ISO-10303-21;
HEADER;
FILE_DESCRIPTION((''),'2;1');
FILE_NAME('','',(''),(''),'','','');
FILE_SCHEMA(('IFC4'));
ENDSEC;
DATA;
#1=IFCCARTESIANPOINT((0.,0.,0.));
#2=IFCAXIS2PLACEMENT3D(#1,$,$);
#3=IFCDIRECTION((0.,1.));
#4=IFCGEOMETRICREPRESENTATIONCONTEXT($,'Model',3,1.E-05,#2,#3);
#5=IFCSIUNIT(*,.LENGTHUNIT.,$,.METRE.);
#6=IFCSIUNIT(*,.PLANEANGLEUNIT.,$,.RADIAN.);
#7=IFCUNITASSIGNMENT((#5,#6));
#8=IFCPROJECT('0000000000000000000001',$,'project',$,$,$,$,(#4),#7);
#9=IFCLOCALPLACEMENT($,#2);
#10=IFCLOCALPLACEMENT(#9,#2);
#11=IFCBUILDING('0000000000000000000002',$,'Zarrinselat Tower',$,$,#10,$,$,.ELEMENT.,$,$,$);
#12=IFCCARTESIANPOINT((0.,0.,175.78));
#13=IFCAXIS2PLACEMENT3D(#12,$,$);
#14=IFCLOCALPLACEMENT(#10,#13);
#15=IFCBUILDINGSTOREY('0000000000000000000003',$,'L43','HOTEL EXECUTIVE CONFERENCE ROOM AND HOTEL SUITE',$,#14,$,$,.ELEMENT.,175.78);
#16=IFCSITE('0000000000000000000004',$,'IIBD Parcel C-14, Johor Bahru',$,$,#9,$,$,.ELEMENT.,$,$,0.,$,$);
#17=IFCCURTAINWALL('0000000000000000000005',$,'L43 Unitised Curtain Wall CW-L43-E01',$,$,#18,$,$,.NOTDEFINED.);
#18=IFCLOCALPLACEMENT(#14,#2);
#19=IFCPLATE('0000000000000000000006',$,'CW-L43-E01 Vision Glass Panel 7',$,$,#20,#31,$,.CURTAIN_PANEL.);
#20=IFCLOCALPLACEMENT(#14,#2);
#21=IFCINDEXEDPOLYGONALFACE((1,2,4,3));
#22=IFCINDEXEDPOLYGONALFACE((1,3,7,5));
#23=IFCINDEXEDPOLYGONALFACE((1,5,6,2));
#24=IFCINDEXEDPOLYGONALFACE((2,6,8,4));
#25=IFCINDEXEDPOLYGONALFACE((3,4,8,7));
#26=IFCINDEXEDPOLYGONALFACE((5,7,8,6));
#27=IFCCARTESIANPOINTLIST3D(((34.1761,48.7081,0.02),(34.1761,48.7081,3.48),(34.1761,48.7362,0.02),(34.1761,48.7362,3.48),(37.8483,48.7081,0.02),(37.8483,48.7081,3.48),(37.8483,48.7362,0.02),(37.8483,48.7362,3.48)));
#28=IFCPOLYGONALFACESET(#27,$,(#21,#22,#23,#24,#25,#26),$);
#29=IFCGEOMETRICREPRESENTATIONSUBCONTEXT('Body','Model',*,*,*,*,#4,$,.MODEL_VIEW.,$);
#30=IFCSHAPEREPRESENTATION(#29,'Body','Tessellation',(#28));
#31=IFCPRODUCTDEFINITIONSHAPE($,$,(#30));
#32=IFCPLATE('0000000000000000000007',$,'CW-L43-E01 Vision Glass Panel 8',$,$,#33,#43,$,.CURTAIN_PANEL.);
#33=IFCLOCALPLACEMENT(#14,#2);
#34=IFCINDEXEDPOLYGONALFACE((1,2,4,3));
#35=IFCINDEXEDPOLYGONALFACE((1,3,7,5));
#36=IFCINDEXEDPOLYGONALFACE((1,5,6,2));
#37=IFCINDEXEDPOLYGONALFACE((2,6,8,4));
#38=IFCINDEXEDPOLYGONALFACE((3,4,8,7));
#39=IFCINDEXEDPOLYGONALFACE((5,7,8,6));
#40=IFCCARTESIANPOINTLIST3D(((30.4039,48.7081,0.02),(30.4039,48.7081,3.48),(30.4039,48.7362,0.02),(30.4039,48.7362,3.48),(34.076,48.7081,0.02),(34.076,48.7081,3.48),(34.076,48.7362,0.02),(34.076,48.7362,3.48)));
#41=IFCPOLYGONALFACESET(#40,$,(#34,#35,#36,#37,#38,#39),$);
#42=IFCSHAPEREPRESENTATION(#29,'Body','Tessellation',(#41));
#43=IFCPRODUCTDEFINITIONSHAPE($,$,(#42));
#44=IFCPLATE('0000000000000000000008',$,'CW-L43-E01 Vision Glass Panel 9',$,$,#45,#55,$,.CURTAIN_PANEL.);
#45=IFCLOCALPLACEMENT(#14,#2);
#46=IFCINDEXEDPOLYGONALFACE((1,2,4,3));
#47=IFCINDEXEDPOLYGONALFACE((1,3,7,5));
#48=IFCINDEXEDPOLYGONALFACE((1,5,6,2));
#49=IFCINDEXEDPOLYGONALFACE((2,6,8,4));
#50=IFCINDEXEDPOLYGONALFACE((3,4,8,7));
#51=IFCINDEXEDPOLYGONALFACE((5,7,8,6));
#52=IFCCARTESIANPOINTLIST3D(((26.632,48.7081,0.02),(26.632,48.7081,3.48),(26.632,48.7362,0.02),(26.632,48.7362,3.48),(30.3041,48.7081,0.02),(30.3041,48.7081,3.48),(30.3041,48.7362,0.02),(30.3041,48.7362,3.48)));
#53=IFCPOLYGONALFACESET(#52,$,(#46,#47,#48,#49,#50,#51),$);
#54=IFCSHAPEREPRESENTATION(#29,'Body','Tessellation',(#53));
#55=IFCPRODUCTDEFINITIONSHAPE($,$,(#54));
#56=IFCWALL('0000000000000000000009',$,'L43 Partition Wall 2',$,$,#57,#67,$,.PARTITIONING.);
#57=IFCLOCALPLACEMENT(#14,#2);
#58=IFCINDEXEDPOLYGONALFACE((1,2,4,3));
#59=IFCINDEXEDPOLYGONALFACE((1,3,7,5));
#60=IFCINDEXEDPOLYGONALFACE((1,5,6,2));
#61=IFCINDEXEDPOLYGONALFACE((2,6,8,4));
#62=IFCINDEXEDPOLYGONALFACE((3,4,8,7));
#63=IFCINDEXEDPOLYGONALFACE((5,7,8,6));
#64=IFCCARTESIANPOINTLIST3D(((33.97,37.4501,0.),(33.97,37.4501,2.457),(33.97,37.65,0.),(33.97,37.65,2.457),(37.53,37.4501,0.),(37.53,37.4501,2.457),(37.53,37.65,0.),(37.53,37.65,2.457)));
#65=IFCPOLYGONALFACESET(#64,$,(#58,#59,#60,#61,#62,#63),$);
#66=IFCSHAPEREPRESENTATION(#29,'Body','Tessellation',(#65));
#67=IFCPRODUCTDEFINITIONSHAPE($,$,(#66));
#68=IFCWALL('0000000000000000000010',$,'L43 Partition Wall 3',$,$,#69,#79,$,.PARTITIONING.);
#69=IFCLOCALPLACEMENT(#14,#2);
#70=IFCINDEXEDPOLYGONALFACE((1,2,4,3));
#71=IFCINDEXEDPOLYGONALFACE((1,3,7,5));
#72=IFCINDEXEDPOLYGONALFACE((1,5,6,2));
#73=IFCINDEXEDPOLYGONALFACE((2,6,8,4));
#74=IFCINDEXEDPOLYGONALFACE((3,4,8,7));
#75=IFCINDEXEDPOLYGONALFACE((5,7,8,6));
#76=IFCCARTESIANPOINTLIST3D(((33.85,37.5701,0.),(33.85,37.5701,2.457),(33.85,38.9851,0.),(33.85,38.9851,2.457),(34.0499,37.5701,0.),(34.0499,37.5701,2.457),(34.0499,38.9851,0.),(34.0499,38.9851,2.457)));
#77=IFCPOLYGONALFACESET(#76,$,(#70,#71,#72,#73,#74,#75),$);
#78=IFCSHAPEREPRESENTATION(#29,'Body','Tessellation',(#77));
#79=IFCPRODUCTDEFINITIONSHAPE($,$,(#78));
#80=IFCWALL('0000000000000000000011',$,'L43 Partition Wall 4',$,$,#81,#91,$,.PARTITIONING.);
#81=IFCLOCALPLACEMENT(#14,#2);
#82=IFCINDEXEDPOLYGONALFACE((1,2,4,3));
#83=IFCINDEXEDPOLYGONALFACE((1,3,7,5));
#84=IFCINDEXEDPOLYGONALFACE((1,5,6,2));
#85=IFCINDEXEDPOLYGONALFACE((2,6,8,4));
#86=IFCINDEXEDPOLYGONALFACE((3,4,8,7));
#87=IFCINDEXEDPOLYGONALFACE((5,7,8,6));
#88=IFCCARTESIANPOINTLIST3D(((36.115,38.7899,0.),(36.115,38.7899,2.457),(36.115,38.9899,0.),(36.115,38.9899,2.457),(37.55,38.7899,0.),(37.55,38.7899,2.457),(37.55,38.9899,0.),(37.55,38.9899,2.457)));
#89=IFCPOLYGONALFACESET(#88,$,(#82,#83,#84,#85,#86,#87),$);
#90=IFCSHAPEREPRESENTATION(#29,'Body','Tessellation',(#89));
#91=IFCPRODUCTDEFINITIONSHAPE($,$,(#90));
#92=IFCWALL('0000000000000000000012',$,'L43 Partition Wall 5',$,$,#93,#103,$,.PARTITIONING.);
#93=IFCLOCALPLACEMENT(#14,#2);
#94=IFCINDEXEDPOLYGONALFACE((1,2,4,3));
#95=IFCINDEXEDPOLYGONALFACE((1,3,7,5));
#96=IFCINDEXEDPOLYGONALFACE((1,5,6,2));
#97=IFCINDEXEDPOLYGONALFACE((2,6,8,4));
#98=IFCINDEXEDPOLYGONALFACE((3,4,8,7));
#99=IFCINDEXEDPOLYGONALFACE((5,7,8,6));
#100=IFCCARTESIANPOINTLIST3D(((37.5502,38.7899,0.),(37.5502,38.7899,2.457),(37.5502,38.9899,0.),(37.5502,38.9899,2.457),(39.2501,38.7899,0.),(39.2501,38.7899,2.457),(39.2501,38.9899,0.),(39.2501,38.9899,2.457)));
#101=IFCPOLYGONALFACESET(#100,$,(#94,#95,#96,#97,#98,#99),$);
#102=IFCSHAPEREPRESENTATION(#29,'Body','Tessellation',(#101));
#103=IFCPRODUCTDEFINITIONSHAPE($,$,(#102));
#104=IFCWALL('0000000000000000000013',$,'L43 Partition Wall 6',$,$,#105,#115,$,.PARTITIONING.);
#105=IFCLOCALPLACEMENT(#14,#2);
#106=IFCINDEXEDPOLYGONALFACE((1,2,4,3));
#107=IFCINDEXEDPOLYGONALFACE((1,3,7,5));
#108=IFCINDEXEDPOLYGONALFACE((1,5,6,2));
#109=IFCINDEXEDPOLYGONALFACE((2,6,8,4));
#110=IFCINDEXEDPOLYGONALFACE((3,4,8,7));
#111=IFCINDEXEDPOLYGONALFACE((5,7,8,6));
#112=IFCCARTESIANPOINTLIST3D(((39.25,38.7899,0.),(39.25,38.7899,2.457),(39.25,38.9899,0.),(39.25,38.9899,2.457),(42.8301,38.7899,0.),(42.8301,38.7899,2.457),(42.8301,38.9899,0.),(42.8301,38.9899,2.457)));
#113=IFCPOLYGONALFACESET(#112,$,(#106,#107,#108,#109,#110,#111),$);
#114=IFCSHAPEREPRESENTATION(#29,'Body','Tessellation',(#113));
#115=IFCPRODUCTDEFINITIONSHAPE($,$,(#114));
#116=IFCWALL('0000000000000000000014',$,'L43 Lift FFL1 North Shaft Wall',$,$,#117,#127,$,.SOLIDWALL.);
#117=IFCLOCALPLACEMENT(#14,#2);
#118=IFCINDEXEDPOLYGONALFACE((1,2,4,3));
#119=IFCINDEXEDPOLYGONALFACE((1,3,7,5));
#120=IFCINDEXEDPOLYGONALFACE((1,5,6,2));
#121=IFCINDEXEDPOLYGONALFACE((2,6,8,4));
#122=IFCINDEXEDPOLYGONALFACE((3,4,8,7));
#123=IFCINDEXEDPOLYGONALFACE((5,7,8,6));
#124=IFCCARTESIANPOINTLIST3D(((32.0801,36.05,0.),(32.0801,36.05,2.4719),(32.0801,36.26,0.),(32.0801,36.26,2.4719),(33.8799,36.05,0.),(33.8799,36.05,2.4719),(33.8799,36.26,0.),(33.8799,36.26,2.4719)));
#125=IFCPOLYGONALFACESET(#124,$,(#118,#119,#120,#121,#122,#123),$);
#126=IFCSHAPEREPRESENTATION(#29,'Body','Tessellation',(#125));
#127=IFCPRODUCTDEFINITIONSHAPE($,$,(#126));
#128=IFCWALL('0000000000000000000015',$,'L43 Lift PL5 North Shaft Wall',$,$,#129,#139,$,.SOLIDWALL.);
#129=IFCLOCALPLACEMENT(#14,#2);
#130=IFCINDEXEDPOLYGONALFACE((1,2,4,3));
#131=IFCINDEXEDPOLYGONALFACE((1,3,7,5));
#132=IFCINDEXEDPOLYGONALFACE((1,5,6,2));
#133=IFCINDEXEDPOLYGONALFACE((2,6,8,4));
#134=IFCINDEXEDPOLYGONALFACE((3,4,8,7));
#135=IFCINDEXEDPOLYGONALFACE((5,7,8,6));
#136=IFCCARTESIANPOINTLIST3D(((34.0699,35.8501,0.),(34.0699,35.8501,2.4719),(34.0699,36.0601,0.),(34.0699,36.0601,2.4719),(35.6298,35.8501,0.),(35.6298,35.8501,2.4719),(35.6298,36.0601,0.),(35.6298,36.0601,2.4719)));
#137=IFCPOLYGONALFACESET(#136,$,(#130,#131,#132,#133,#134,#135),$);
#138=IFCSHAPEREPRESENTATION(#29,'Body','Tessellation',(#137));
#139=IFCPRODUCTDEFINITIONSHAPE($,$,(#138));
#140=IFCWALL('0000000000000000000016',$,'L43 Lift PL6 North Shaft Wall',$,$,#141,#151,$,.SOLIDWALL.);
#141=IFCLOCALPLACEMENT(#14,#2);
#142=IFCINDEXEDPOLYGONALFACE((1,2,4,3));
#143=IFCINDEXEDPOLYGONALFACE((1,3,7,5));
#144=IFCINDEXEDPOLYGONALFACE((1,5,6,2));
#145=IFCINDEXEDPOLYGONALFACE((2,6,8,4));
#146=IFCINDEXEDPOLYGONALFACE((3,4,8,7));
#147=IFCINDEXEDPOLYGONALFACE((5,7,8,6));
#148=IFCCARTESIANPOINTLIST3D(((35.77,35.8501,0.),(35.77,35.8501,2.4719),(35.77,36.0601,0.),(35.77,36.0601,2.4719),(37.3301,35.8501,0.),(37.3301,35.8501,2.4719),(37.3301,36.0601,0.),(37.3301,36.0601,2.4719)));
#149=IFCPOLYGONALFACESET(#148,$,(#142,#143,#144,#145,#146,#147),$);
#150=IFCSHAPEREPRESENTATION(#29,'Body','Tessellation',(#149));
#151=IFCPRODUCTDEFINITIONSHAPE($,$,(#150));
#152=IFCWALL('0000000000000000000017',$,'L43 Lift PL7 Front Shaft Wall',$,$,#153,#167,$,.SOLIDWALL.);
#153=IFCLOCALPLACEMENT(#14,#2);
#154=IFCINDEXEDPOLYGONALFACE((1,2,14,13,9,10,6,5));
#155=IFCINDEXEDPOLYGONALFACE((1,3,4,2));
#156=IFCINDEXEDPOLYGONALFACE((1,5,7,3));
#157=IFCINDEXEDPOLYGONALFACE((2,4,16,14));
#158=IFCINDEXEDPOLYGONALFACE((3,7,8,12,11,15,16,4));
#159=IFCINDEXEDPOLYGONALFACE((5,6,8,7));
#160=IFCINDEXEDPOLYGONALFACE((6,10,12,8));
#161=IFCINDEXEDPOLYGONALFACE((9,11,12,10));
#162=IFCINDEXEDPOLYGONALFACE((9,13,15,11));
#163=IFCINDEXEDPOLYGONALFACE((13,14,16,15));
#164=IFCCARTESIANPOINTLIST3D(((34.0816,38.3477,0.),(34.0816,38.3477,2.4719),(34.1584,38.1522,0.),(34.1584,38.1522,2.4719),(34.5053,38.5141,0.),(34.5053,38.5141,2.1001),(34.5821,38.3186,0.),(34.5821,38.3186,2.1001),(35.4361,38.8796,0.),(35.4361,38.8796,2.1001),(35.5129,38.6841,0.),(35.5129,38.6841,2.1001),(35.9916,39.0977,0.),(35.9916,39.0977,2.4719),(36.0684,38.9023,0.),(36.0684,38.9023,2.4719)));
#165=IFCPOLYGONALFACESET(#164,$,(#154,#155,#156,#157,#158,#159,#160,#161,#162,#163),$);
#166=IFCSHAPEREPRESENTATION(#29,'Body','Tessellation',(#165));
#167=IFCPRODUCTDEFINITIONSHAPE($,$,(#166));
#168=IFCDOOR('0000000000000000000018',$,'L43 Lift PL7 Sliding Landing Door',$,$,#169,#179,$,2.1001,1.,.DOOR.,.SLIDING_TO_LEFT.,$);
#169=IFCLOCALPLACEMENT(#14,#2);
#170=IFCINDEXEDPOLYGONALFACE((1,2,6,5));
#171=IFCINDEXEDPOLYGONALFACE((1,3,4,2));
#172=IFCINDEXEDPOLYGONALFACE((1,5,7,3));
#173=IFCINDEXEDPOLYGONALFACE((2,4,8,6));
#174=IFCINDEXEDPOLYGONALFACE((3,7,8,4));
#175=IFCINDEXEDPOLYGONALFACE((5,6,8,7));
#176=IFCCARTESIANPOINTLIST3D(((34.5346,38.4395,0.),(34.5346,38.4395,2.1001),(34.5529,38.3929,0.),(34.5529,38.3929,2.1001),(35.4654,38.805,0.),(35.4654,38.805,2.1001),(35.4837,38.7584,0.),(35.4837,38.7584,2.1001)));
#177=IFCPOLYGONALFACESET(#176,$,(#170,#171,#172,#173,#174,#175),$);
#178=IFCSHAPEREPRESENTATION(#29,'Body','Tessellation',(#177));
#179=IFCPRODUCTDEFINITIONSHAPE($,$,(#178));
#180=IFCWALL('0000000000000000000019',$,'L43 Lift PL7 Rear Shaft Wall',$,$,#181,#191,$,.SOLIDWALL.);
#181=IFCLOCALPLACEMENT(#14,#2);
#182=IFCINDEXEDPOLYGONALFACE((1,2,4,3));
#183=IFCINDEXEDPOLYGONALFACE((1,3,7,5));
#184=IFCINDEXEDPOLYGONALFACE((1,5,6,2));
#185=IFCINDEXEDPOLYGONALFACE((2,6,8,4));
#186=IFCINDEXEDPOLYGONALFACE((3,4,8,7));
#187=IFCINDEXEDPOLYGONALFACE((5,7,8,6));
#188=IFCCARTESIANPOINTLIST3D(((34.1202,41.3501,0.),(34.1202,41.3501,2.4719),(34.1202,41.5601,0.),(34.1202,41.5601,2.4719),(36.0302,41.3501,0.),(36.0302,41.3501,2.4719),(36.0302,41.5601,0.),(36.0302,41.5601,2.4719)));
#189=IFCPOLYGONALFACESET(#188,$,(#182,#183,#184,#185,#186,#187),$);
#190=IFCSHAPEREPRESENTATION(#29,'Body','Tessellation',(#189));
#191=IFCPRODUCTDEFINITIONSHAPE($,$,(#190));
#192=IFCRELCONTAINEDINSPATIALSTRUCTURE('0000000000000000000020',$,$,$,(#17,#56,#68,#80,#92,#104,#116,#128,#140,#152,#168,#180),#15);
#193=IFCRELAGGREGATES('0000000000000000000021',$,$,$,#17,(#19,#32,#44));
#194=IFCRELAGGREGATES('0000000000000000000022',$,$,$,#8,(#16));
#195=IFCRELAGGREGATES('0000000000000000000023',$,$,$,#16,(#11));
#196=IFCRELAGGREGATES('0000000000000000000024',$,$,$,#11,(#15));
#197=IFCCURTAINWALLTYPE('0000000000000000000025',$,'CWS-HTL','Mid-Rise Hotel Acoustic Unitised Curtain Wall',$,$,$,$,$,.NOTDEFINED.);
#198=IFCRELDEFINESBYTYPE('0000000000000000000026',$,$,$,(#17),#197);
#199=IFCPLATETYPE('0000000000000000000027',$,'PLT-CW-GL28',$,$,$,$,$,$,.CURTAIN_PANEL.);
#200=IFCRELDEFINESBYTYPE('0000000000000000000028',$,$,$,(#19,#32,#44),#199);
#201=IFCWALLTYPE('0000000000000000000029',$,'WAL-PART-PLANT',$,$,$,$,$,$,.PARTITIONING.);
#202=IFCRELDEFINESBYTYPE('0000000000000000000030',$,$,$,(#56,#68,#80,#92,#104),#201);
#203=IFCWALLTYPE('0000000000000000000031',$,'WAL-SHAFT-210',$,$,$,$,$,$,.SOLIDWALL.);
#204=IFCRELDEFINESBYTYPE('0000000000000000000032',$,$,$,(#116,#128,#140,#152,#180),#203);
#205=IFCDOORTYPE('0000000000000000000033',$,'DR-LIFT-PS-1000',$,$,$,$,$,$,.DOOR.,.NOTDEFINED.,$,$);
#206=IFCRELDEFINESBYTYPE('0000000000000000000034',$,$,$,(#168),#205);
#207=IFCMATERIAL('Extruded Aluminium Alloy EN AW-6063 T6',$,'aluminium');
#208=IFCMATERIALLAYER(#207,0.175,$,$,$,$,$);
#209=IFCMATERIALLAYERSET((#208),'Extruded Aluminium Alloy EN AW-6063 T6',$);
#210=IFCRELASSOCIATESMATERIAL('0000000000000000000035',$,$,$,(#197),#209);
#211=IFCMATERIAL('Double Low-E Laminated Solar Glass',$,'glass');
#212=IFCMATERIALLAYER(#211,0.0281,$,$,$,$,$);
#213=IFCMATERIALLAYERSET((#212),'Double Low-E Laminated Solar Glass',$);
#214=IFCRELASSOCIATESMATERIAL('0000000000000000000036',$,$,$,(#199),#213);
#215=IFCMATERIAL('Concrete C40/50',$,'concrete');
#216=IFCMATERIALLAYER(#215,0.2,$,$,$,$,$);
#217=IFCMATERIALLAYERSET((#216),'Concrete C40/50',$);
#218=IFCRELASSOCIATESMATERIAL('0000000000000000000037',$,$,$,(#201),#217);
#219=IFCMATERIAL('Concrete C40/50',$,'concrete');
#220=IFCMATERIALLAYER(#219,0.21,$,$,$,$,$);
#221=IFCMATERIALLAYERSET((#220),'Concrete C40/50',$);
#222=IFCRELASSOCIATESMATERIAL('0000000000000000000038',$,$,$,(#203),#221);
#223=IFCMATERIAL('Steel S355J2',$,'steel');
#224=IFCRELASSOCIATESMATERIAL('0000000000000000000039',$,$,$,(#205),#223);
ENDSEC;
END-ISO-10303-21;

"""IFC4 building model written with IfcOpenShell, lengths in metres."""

from ifc_helpers import new_model, si_unit, direction, frame, frame_2d, origin, origin_2d, place, context, subcontext, project, spatial, rectangle, extrude, material, layer, layer_set, type_object, element, fill, aggregate, save


model = new_model("IFC4")

# Units and contexts
model_context = context("Model", 3, precision=1e-05, world=origin(), true_north=direction((0.0, 1.0)))
body_context = subcontext(model_context, "Body", "Model", "MODEL_VIEW")
ifc_project = project(units=[si_unit("LENGTHUNIT", "METRE"), si_unit("PLANEANGLEUNIT", "RADIAN")], contexts=[model_context])

# Site, building, storey
site_placement = place(None, origin())
site = spatial("IfcSite", under=ifc_project, at=site_placement, Name="IIBD Parcel C-14, Johor Bahru", CompositionType="ELEMENT", RefElevation=0.0)
building_placement = place(site_placement, origin())
building = spatial("IfcBuilding", under=site, at=building_placement, Name="Zarrinselat Tower", CompositionType="ELEMENT")
storey_placement = place(building_placement, frame((0.0, 0.0, 175.78)))
storey = spatial("IfcBuildingStorey", under=building, at=storey_placement, Name="L43", Description="HOTEL EXECUTIVE CONFERENCE ROOM AND HOTEL SUITE", CompositionType="ELEMENT", Elevation=175.78)

# Curtain wall, plates
ifc_material_1 = material(Name="Extruded Aluminium Alloy EN AW-6063 T6", Category="aluminium")
ifc_layer_1 = layer(ifc_material_1, 0.175)
ifc_layer_set_1 = layer_set([ifc_layer_1], Name="Extruded Aluminium Alloy EN AW-6063 T6")
curtain_wall_type = type_object("IfcCurtainWallType", Name="CWS-HTL", Description="Mid-Rise Hotel Acoustic Unitised Curtain Wall", PredefinedType="NOTDEFINED", material=ifc_layer_set_1)
curtain_wall_placement = place(storey_placement, origin())
curtain_wall = element("IfcCurtainWall", 1, at=curtain_wall_placement, inside=storey, type_object=curtain_wall_type, Name="L43 Unitised Curtain Wall CW-L43-E01", PredefinedType="NOTDEFINED")
ifc_material_2 = material(Name="Double Low-E Laminated Solar Glass", Category="glass")
ifc_layer_2 = layer(ifc_material_2, 0.0281)
ifc_layer_set_2 = layer_set([ifc_layer_2], Name="Double Low-E Laminated Solar Glass")
plate_type = type_object("IfcPlateType", Name="PLT-CW-GL28", PredefinedType="CURTAIN_PANEL", material=ifc_layer_set_2)
plate_1_placement = place(storey_placement, frame((36.0122, 48.7222, 0.02), z_axis=(0.0, 0.0, 1.0), x_axis=(-1.0, 0.0, 0.0)))
plate_1 = element("IfcPlate", 2, at=plate_1_placement, type_object=plate_type, Name="CW-L43-E01 Vision Glass Panel 7", PredefinedType="CURTAIN_PANEL", context=body_context, shape_type="SweptSolid", body=[
    extrude(rectangle(XDim=3.6721, YDim=0.0281, at=origin_2d()), origin(), (0.0, 0.0, 1.0), 3.46),
])
plate_2_placement = place(storey_placement, frame((32.24, 48.7222, 0.02), z_axis=(0.0, 0.0, 1.0), x_axis=(-1.0, 0.0, 0.0)))
plate_2 = element("IfcPlate", 3, at=plate_2_placement, type_object=plate_type, Name="CW-L43-E01 Vision Glass Panel 8", PredefinedType="CURTAIN_PANEL", context=body_context, shape_type="SweptSolid", body=[
    extrude(rectangle(XDim=3.6721, YDim=0.0281, at=origin_2d()), origin(), (0.0, 0.0, 1.0), 3.46),
])
plate_3_placement = place(storey_placement, frame((28.468, 48.7222, 0.02), z_axis=(0.0, 0.0, 1.0), x_axis=(-1.0, 0.0, 0.0)))
plate_3 = element("IfcPlate", 4, at=plate_3_placement, type_object=plate_type, Name="CW-L43-E01 Vision Glass Panel 9", PredefinedType="CURTAIN_PANEL", context=body_context, shape_type="SweptSolid", body=[
    extrude(rectangle(XDim=3.6721, YDim=0.0281, at=origin_2d()), origin(), (0.0, 0.0, 1.0), 3.46),
])
aggregate(curtain_wall, [plate_1, plate_2, plate_3])

# Walls
ifc_material_3 = material(Name="Concrete C40/50", Category="concrete")
ifc_layer_3 = layer(ifc_material_3, 0.2)
ifc_layer_set_3 = layer_set([ifc_layer_3], Name="Concrete C40/50")
wall_type_1 = type_object("IfcWallType", Name="WAL-PART-PLANT", PredefinedType="PARTITIONING", material=ifc_layer_set_3)
wall_1_placement = place(storey_placement, frame((33.97, 37.55, 0.0), z_axis=(0.0, 0.0, 1.0), x_axis=(1.0, 0.0, 0.0)))
element("IfcWall", 5, at=wall_1_placement, inside=storey, type_object=wall_type_1, Name="L43 Partition Wall 2", PredefinedType="PARTITIONING", context=body_context, shape_type="SweptSolid", body=[
    extrude(rectangle(XDim=3.5601, YDim=0.2, at=frame_2d((1.78, 0.0))), origin(), (0.0, 0.0, 1.0), 2.457),
])
wall_2_placement = place(storey_placement, frame((33.95, 37.5701, 0.0), z_axis=(0.0, 0.0, 1.0), x_axis=(0.0, 1.0, 0.0)))
element("IfcWall", 6, at=wall_2_placement, inside=storey, type_object=wall_type_1, Name="L43 Partition Wall 3", PredefinedType="PARTITIONING", context=body_context, shape_type="SweptSolid", body=[
    extrude(rectangle(XDim=1.415, YDim=0.2, at=frame_2d((0.7075, 0.0))), origin(), (0.0, 0.0, 1.0), 2.457),
])
wall_3_placement = place(storey_placement, frame((36.115, 38.8899, 0.0), z_axis=(0.0, 0.0, 1.0), x_axis=(1.0, 0.0, 0.0)))
element("IfcWall", 7, at=wall_3_placement, inside=storey, type_object=wall_type_1, Name="L43 Partition Wall 4", PredefinedType="PARTITIONING", context=body_context, shape_type="SweptSolid", body=[
    extrude(rectangle(XDim=1.4351, YDim=0.2, at=frame_2d((0.7175, 0.0))), origin(), (0.0, 0.0, 1.0), 2.457),
])
wall_4_placement = place(storey_placement, frame((37.55, 38.8899, 0.0), z_axis=(0.0, 0.0, 1.0), x_axis=(1.0, 0.0, 0.0)))
element("IfcWall", 8, at=wall_4_placement, inside=storey, type_object=wall_type_1, Name="L43 Partition Wall 5", PredefinedType="PARTITIONING", context=body_context, shape_type="SweptSolid", body=[
    extrude(rectangle(XDim=1.7, YDim=0.2, at=frame_2d((0.8501, 0.0))), origin(), (0.0, 0.0, 1.0), 2.457),
])
wall_5_placement = place(storey_placement, frame((39.25, 38.8899, 0.0), z_axis=(0.0, 0.0, 1.0), x_axis=(1.0, 0.0, 0.0)))
element("IfcWall", 9, at=wall_5_placement, inside=storey, type_object=wall_type_1, Name="L43 Partition Wall 6", PredefinedType="PARTITIONING", context=body_context, shape_type="SweptSolid", body=[
    extrude(rectangle(XDim=3.5801, YDim=0.2, at=frame_2d((1.79, 0.0))), origin(), (0.0, 0.0, 1.0), 2.457),
])
ifc_material_4 = material(Name="Concrete C40/50", Category="concrete")
ifc_layer_4 = layer(ifc_material_4, 0.21)
ifc_layer_set_4 = layer_set([ifc_layer_4], Name="Concrete C40/50")
wall_type_2 = type_object("IfcWallType", Name="WAL-SHAFT-210", PredefinedType="SOLIDWALL", material=ifc_layer_set_4)
wall_6_placement = place(storey_placement, frame((32.0801, 36.155, 0.0), z_axis=(0.0, 0.0, 1.0), x_axis=(1.0, 0.0, 0.0)))
element("IfcWall", 10, at=wall_6_placement, inside=storey, type_object=wall_type_2, Name="L43 Lift FFL1 North Shaft Wall", PredefinedType="SOLIDWALL", context=body_context, shape_type="SweptSolid", body=[
    extrude(rectangle(XDim=1.7998, YDim=0.21, at=frame_2d((0.8999, 0.0))), origin(), (0.0, 0.0, 1.0), 2.4719),
])
wall_7_placement = place(storey_placement, frame((34.0701, 35.9551, 0.0), z_axis=(0.0, 0.0, 1.0), x_axis=(1.0, 0.0, 0.0)))
element("IfcWall", 11, at=wall_7_placement, inside=storey, type_object=wall_type_2, Name="L43 Lift PL5 North Shaft Wall", PredefinedType="SOLIDWALL", context=body_context, shape_type="SweptSolid", body=[
    extrude(rectangle(XDim=1.5598, YDim=0.21, at=frame_2d((0.7798, 0.0))), origin(), (0.0, 0.0, 1.0), 2.4719),
])
wall_8_placement = place(storey_placement, frame((35.77, 35.9551, 0.0), z_axis=(0.0, 0.0, 1.0), x_axis=(1.0, 0.0, 0.0)))
element("IfcWall", 12, at=wall_8_placement, inside=storey, type_object=wall_type_2, Name="L43 Lift PL6 North Shaft Wall", PredefinedType="SOLIDWALL", context=body_context, shape_type="SweptSolid", body=[
    extrude(rectangle(XDim=1.5601, YDim=0.21, at=frame_2d((0.78, 0.0))), origin(), (0.0, 0.0, 1.0), 2.4719),
])

# Wall, opening, door
wall_9_placement = place(storey_placement, frame((34.1201, 38.25, 0.0), z_axis=(0.0, 0.0, 1.0), x_axis=(0.930805, 0.365516, 0.0)))
wall_9 = element("IfcWall", 13, at=wall_9_placement, inside=storey, type_object=wall_type_2, Name="L43 Lift PL7 Front Shaft Wall", PredefinedType="SOLIDWALL", context=body_context, shape_type="SweptSolid", body=[
    extrude(rectangle(XDim=2.052, YDim=0.21, at=frame_2d((1.0259, 0.0))), origin(), (0.0, 0.0, 1.0), 2.4719),
])
opening_placement = place(wall_9_placement, frame((0.4551, 0.0, 0.0)))
opening = element("IfcOpeningElement", 14, at=opening_placement, cuts=wall_9, PredefinedType="OPENING", context=body_context, shape_type="SweptSolid", body=[
    extrude(rectangle(XDim=1.0, YDim=2.1001, at=frame_2d((0.5, 1.05))), frame((0.0, 0.115, 0.0), z_axis=(0.0, -1.0, 0.0), x_axis=(1.0, 0.0, 0.0)), (0.0, 0.0, 1.0), 0.23),
])
ifc_material_5 = material(Name="Steel S355J2", Category="steel")
door_type = type_object("IfcDoorType", Name="DR-LIFT-PS-1000", OperationType="NOTDEFINED", PredefinedType="DOOR", material=ifc_material_5)
door_placement = place(opening_placement, origin())
door = element("IfcDoor", 15, at=door_placement, inside=storey, type_object=door_type, Name="L43 Lift PL7 Sliding Landing Door", OperationType="SLIDING_TO_LEFT", OverallHeight=2.1001, OverallWidth=1.0, PredefinedType="DOOR", context=body_context, shape_type="SweptSolid", body=[
    extrude(rectangle(XDim=1.0, YDim=2.1001, at=frame_2d((0.5, 1.05))), frame((0.0, 0.0249, 0.0), z_axis=(0.0, -1.0, 0.0), x_axis=(1.0, 0.0, 0.0)), (0.0, 0.0, 1.0), 0.05),
])
fill(opening, door)

# Wall
wall_10_placement = place(storey_placement, frame((34.1201, 41.4551, 0.0), z_axis=(0.0, 0.0, 1.0), x_axis=(1.0, 0.0, 0.0)))
element("IfcWall", 16, at=wall_10_placement, inside=storey, type_object=wall_type_2, Name="L43 Lift PL7 Rear Shaft Wall", PredefinedType="SOLIDWALL", context=body_context, shape_type="SweptSolid", body=[
    extrude(rectangle(XDim=1.9099, YDim=0.21, at=frame_2d((0.9551, 0.0))), origin(), (0.0, 0.0, 1.0), 2.4719),
])

save(model, "model.ifc")
